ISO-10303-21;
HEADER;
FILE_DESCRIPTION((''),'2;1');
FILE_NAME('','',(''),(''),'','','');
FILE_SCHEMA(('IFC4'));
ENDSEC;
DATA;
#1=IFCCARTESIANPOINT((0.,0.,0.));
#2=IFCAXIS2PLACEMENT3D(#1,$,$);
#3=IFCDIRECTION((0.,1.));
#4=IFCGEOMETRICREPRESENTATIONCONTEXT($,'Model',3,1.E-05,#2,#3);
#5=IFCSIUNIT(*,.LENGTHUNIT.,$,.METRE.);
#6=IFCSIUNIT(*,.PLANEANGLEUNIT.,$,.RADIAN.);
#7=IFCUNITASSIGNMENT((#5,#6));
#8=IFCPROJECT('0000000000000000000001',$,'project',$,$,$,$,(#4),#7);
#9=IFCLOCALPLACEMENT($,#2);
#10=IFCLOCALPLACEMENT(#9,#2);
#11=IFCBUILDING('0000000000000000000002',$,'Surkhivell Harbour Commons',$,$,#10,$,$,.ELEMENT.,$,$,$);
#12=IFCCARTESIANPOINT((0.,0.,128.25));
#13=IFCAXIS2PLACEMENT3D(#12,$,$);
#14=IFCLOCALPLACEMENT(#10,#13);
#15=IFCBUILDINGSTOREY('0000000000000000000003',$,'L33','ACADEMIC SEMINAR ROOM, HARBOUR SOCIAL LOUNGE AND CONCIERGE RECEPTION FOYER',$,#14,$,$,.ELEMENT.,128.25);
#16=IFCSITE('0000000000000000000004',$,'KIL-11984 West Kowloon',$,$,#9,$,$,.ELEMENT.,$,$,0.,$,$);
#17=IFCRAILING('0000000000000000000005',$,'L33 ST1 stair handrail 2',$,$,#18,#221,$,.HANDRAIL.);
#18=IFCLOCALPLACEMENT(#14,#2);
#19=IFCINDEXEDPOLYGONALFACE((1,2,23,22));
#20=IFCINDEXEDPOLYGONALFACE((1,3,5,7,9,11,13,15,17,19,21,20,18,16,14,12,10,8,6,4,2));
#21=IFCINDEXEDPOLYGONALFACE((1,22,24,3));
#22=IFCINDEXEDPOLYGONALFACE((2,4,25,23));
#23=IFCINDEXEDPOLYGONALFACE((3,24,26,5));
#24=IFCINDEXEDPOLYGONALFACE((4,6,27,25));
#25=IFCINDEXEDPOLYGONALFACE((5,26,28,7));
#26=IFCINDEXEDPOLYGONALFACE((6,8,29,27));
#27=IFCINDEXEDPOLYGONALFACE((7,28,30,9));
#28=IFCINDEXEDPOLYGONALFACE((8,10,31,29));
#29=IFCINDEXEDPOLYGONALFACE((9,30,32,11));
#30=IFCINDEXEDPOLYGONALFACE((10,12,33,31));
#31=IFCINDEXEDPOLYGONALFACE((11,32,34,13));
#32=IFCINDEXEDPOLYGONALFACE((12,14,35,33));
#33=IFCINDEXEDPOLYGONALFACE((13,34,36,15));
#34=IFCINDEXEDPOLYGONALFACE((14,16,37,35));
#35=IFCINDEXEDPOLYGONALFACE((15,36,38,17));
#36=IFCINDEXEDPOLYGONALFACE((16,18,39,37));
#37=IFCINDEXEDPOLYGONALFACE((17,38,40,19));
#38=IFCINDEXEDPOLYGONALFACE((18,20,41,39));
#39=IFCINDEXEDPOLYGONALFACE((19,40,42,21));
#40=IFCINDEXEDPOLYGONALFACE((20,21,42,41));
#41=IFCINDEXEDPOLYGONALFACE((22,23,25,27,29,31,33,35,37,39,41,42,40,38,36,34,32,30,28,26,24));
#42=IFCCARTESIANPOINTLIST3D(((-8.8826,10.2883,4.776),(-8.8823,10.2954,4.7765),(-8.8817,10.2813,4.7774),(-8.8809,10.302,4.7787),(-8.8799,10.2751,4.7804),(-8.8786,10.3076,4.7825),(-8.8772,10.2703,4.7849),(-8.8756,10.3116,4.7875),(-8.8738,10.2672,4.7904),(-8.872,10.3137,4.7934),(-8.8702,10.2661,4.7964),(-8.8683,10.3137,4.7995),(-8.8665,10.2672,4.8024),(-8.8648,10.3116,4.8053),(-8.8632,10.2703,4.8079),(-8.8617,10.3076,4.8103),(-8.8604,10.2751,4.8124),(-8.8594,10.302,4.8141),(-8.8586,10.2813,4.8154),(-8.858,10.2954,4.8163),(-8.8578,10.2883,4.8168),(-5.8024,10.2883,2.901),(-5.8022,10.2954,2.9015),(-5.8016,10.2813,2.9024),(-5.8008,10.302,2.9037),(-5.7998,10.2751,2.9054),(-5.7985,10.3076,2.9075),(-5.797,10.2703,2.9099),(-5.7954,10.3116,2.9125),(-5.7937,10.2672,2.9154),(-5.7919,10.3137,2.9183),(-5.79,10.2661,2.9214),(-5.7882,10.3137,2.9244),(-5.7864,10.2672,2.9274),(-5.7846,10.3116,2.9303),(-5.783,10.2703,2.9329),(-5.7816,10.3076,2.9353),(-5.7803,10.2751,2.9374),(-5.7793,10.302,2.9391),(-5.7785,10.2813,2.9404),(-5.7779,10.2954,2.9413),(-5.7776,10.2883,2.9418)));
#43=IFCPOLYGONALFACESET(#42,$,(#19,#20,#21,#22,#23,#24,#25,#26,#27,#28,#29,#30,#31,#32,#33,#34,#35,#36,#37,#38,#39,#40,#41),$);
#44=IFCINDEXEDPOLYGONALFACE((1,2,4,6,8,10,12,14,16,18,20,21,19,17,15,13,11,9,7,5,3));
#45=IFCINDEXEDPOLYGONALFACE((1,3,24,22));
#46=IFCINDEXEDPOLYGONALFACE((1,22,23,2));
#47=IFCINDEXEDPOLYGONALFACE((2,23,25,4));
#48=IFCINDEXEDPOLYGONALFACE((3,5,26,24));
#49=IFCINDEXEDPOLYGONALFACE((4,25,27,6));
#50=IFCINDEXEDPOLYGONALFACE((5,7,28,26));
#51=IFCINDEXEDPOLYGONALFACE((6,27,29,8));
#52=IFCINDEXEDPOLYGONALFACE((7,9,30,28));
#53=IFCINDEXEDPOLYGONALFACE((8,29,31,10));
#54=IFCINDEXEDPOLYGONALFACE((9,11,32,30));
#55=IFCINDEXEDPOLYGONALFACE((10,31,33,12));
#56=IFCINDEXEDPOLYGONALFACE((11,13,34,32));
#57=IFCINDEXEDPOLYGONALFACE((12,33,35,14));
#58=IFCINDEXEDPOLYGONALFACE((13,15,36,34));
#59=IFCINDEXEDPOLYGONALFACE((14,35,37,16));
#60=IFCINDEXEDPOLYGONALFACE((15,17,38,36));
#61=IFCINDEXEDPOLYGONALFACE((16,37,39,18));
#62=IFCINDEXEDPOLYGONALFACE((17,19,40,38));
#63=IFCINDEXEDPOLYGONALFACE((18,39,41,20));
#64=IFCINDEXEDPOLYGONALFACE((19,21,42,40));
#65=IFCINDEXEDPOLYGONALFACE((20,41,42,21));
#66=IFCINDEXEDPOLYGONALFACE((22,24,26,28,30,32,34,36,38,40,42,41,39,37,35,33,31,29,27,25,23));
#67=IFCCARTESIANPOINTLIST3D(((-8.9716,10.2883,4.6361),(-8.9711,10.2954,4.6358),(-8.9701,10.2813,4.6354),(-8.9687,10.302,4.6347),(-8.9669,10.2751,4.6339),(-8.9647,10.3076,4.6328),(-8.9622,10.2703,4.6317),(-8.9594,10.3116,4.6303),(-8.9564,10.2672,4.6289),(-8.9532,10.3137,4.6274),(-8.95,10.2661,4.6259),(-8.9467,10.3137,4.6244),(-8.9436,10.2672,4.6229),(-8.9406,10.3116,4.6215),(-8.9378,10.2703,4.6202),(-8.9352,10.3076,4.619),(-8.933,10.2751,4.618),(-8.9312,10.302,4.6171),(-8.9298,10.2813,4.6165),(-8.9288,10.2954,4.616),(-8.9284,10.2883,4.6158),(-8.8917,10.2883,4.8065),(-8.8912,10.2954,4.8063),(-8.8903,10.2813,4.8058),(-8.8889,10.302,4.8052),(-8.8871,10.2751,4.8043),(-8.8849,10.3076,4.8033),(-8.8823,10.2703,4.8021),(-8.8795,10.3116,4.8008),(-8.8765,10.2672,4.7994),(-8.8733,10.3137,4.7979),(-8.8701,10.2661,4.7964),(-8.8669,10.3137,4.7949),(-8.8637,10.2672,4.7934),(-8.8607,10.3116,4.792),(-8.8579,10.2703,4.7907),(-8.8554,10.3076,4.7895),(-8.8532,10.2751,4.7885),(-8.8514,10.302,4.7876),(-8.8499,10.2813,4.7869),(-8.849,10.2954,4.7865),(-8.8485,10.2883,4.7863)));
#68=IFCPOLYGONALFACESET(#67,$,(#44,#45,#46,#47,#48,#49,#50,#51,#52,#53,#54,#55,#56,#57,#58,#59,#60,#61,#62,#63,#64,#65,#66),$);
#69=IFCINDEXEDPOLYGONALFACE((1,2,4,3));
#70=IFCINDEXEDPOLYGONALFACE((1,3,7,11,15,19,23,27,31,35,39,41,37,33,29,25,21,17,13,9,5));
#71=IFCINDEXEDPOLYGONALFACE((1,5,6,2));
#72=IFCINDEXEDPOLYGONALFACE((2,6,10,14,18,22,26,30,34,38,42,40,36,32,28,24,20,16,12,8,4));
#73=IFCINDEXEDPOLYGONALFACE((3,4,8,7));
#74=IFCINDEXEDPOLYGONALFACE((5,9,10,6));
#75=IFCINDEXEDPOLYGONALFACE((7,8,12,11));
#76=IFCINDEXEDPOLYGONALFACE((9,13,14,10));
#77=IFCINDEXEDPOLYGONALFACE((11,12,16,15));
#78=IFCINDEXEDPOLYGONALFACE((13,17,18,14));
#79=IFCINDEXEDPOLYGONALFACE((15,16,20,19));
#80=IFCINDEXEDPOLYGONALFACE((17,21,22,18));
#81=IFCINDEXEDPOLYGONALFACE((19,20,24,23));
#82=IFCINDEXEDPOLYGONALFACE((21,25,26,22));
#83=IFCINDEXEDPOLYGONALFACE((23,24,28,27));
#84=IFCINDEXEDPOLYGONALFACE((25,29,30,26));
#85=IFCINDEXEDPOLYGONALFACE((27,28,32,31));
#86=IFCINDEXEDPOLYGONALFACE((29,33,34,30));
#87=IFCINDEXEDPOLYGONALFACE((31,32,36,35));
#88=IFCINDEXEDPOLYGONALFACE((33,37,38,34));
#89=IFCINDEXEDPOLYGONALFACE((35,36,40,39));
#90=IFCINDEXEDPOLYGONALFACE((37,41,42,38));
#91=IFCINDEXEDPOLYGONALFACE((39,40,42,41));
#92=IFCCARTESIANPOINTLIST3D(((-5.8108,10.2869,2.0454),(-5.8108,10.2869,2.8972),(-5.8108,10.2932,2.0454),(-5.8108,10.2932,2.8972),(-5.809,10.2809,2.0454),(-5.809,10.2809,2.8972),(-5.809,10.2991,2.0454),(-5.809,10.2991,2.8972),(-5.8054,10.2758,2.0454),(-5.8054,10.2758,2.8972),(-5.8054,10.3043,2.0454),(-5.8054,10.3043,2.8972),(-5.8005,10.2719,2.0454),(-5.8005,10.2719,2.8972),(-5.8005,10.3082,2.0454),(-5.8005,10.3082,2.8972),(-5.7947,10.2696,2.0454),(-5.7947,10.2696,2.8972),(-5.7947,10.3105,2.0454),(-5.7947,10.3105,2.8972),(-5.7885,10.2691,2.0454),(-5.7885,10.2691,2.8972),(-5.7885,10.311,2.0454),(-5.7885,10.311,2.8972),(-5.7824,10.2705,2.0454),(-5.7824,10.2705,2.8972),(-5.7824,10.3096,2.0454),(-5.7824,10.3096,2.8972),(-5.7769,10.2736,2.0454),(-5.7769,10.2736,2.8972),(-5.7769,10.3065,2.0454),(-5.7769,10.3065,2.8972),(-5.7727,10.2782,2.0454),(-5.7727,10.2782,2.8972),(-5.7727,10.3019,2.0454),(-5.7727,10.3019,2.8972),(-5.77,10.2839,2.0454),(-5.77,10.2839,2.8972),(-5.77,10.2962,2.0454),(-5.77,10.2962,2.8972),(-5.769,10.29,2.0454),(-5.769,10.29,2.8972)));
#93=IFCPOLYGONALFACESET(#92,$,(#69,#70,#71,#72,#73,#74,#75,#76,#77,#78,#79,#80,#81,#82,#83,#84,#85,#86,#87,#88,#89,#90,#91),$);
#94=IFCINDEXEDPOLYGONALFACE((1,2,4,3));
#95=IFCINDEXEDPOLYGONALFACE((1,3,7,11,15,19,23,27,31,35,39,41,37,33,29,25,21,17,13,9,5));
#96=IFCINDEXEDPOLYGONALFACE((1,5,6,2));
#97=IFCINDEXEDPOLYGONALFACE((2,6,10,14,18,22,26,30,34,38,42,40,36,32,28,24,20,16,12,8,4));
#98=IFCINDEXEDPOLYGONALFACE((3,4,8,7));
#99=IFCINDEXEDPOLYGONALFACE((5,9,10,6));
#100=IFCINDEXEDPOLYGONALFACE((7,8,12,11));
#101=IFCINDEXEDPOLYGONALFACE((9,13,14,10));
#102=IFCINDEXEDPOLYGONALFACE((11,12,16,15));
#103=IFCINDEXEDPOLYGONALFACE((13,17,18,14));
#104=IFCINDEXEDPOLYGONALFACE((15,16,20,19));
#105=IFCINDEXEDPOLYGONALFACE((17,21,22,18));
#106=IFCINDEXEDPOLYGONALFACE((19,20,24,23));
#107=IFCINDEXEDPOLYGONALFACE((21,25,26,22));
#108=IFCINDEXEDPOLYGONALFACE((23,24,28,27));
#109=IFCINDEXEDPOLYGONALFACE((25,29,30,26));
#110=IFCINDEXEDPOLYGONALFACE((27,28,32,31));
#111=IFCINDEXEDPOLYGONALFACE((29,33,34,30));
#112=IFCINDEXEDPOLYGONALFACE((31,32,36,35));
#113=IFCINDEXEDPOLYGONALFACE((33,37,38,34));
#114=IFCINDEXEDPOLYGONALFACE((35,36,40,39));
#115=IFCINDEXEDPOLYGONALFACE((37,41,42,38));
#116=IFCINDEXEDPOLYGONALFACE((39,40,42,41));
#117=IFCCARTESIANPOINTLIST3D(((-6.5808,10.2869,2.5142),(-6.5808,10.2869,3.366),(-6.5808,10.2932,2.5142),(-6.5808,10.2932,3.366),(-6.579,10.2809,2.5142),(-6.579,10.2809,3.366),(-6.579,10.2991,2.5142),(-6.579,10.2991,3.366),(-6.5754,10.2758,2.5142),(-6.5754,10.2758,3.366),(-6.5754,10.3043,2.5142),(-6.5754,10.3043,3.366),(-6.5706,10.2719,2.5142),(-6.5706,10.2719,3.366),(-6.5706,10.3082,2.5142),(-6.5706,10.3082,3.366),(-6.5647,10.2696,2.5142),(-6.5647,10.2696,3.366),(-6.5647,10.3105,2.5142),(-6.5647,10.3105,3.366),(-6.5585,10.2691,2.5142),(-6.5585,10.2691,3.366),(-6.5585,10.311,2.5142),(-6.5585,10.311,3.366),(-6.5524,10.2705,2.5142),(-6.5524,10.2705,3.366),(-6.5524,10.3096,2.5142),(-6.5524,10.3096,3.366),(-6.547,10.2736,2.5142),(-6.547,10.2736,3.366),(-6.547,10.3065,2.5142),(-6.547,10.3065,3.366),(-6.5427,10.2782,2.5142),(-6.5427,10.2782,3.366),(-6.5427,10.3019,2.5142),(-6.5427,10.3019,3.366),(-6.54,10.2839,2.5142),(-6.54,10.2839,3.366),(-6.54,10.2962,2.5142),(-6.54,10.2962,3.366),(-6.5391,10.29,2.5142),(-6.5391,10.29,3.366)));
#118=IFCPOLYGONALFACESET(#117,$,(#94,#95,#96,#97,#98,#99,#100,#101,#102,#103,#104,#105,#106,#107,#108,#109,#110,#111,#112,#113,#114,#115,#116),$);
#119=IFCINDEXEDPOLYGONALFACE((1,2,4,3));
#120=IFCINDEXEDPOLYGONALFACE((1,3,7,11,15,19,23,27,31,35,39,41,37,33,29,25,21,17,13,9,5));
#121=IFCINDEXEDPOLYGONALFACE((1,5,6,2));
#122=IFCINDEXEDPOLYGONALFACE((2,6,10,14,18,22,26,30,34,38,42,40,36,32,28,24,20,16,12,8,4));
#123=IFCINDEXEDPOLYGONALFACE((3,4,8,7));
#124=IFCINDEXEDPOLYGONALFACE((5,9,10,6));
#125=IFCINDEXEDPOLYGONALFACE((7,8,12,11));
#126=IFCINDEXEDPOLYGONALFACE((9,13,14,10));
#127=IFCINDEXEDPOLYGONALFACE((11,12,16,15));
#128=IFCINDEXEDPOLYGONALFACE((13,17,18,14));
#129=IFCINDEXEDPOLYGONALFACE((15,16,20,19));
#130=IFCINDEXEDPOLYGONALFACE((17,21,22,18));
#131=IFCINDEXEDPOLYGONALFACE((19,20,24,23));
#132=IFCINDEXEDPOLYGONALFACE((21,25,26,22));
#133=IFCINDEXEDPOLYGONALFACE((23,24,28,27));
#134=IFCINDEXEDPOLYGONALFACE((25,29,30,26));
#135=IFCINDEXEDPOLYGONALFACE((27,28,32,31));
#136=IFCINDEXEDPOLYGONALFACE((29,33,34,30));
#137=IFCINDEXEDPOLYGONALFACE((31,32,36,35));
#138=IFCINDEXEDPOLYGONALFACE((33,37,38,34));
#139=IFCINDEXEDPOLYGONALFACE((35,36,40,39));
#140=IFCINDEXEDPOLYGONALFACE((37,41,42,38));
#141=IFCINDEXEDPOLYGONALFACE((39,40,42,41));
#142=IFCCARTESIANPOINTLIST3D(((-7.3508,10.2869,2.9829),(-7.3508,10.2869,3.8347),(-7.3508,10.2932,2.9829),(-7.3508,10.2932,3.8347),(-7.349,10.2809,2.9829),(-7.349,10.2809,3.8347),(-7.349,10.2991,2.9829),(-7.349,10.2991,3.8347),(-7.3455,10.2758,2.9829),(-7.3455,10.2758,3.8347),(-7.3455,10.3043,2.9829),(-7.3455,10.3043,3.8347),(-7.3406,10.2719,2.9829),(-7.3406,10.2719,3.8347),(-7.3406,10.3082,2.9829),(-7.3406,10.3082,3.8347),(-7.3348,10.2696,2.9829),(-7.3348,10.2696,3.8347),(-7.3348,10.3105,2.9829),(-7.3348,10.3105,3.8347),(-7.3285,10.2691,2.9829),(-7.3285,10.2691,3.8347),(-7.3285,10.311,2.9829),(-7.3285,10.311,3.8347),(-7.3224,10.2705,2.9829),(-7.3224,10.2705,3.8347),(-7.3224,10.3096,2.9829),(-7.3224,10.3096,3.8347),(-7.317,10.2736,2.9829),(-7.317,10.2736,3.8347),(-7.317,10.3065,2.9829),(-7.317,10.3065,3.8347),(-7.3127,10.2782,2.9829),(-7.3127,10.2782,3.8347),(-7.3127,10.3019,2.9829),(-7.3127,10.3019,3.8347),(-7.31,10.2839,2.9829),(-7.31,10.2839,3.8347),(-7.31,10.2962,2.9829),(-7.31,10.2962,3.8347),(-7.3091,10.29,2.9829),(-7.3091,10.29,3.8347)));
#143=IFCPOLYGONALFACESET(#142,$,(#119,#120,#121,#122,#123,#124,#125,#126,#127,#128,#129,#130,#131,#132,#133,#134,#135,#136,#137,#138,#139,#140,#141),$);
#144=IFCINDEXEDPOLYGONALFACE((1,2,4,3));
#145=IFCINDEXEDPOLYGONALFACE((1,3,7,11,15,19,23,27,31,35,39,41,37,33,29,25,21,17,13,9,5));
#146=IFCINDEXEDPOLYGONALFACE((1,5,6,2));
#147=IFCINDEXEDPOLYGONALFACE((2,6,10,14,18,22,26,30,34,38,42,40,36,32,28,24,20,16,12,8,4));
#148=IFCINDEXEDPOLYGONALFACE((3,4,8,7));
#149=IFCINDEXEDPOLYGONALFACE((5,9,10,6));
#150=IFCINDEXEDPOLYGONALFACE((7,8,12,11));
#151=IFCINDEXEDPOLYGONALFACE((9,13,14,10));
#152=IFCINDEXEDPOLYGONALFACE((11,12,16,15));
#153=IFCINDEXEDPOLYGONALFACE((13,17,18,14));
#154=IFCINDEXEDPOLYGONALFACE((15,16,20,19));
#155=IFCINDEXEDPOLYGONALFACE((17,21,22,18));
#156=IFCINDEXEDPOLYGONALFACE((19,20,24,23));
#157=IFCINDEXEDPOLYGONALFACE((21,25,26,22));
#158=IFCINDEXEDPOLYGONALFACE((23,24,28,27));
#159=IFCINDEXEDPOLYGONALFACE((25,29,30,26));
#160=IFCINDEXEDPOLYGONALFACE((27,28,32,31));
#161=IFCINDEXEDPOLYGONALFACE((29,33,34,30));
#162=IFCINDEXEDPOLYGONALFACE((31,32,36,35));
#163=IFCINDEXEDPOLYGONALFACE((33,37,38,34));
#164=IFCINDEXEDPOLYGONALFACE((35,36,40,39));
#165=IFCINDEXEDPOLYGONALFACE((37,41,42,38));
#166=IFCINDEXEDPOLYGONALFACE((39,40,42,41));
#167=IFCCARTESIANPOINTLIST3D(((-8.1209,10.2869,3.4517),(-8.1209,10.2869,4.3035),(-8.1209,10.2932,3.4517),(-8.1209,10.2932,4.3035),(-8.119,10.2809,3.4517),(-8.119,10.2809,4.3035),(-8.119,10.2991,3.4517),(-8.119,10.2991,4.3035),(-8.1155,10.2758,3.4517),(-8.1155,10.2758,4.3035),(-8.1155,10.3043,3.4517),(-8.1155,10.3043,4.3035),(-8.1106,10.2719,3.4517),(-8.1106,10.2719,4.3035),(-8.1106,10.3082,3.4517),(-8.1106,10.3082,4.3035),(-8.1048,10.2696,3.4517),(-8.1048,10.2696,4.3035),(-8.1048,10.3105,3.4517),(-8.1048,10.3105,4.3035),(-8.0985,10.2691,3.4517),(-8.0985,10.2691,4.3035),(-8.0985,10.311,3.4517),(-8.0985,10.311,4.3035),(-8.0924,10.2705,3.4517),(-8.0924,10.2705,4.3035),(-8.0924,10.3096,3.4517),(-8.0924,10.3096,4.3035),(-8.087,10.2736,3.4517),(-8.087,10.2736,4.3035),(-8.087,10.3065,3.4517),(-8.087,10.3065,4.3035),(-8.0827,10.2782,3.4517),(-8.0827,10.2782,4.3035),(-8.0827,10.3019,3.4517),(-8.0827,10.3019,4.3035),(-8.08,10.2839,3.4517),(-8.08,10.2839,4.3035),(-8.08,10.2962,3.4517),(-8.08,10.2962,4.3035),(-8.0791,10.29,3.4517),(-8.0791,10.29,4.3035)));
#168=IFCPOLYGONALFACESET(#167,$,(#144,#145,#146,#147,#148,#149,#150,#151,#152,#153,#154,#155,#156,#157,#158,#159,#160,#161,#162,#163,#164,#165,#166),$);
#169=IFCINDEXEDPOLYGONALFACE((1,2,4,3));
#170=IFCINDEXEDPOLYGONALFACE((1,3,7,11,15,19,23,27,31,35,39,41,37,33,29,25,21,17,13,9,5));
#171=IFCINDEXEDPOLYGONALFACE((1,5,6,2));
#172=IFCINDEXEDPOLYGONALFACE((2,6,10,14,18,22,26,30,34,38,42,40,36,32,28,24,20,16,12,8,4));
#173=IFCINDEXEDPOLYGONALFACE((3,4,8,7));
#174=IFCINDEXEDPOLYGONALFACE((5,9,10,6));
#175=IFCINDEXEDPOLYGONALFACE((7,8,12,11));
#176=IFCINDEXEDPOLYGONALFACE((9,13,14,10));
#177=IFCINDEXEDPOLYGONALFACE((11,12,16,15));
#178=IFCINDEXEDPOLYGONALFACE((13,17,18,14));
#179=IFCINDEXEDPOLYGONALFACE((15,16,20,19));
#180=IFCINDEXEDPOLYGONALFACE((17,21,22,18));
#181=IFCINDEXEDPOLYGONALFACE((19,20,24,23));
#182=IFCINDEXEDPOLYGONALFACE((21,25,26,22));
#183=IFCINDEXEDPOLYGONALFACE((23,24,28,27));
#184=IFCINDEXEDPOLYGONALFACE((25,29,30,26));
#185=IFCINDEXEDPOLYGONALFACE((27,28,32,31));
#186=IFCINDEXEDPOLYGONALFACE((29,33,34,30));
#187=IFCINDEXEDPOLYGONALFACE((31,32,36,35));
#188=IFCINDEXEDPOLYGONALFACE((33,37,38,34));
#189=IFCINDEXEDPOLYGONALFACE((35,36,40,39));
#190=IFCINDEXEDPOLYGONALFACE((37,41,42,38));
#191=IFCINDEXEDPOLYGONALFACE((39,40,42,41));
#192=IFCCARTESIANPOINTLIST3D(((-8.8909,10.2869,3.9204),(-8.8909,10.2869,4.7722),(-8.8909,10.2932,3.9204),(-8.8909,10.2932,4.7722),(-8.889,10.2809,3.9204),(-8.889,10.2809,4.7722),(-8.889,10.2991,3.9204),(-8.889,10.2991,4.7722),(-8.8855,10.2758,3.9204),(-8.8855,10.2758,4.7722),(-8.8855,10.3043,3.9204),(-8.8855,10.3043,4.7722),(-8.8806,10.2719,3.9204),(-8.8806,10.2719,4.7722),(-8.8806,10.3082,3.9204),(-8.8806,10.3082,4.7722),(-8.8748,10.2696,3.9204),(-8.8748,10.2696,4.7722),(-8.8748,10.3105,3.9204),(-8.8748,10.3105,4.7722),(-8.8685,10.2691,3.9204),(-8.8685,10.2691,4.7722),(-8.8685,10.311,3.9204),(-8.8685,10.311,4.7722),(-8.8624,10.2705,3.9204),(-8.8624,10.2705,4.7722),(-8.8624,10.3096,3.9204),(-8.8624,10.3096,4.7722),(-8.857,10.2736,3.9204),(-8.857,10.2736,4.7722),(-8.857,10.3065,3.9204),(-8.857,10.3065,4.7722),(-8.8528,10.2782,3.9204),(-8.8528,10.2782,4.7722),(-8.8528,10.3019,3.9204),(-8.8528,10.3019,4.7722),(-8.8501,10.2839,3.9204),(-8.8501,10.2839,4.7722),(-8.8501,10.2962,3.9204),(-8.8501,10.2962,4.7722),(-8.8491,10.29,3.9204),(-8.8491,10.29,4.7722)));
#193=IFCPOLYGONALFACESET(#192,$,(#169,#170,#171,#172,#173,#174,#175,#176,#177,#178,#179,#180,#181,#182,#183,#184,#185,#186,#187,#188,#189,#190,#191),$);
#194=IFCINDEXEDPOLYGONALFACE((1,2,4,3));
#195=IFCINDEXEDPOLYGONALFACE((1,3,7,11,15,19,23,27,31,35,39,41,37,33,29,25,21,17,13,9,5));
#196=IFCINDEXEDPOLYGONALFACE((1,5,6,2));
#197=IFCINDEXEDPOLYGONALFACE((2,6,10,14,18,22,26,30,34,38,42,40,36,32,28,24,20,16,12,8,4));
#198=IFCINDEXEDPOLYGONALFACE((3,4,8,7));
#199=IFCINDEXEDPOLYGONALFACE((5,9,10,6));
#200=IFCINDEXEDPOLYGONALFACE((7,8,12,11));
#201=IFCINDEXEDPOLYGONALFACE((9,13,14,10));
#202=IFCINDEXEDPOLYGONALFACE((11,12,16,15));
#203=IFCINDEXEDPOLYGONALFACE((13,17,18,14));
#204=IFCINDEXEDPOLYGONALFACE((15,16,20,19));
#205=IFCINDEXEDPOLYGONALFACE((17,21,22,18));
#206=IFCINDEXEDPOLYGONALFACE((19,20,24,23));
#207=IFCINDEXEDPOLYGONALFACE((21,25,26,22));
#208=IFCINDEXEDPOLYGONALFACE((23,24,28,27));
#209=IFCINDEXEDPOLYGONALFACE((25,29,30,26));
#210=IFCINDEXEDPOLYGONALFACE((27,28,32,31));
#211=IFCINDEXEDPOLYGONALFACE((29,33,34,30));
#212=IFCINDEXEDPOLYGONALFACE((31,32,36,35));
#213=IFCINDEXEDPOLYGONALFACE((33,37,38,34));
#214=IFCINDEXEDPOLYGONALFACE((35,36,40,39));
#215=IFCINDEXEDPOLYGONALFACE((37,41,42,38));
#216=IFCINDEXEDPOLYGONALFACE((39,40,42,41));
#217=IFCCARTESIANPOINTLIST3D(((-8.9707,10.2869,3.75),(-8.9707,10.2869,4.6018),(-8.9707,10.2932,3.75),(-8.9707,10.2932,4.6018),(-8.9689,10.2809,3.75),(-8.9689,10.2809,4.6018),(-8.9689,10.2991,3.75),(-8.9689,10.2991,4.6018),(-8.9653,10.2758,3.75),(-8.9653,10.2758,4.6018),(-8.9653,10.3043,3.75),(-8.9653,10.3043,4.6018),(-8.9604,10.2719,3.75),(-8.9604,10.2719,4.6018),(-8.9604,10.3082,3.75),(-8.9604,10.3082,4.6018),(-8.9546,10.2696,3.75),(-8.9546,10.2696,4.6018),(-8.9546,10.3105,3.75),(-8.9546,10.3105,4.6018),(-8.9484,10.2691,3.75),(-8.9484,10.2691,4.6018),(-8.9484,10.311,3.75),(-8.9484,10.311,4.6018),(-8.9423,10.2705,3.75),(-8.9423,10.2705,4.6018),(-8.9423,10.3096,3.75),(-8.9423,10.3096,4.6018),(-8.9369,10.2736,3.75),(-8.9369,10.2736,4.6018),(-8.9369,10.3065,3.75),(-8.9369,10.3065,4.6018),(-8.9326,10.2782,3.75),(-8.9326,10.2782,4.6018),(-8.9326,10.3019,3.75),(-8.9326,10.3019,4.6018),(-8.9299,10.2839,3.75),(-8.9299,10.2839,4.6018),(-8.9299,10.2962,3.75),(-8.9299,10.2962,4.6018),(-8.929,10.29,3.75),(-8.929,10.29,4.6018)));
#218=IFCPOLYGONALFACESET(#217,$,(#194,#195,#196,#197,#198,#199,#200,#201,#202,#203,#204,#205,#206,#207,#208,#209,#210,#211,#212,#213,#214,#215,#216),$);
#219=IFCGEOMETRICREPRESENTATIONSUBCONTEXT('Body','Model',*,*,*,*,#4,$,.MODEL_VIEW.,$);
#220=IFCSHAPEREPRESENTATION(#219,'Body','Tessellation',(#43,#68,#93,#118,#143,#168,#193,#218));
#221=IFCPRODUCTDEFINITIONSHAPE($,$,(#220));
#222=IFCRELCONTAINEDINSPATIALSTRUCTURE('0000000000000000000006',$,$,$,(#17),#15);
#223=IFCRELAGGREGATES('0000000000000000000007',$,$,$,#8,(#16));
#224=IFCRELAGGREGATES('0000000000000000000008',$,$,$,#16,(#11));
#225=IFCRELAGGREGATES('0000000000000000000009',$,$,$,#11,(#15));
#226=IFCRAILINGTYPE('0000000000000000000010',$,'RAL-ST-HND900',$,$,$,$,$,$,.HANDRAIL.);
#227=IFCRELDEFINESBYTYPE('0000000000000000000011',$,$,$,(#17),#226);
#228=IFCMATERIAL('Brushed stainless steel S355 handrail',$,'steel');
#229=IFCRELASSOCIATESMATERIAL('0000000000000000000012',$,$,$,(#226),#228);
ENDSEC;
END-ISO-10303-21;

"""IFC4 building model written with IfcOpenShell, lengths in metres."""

from ifc_helpers import new_model, si_unit, direction, frame, origin, origin_2d, place, context, subcontext, project, spatial, circle, extrude, material, type_object, element, save


model = new_model("IFC4")

# Units and contexts
model_context = context("Model", 3, precision=1e-05, world=origin(), true_north=direction((0.0, 1.0)))
body_context = subcontext(model_context, "Body", "Model", "MODEL_VIEW")
ifc_project = project(units=[si_unit("LENGTHUNIT", "METRE"), si_unit("PLANEANGLEUNIT", "RADIAN")], contexts=[model_context])

# Site, building, storey
site_placement = place(None, origin())
site = spatial("IfcSite", under=ifc_project, at=site_placement, Name="KIL-11984 West Kowloon", CompositionType="ELEMENT", RefElevation=0.0)
building_placement = place(site_placement, origin())
building = spatial("IfcBuilding", under=site, at=building_placement, Name="Surkhivell Harbour Commons", CompositionType="ELEMENT")
storey_placement = place(building_placement, frame((0.0, 0.0, 128.25)))
storey = spatial("IfcBuildingStorey", under=building, at=storey_placement, Name="L33", Description="ACADEMIC SEMINAR ROOM, HARBOUR SOCIAL LOUNGE AND CONCIERGE RECEPTION FOYER", CompositionType="ELEMENT", Elevation=128.25)

# Railing
ifc_material_1 = material(Name="Brushed stainless steel S355 handrail", Category="steel")
railing_type_1 = type_object("IfcRailingType", Name="RAL-ST-HND900", PredefinedType="HANDRAIL", material=ifc_material_1)
railing_1_placement = place(storey_placement, frame((-5.79, 10.29, 2.0454)))
element("IfcRailing", 1, at=railing_1_placement, inside=storey, type_object=railing_type_1, Name="L33 ST1 stair handrail 2", PredefinedType="HANDRAIL", context=body_context, shape_type="SweptSolid", body=[
    extrude(circle(Radius=0.0239, at=origin_2d()), frame((0.0, 0.0, 0.876), z_axis=(-0.854178, 0.0, 0.519981), x_axis=(0.0, -1.0, 0.0)), (0.0, 0.0, 1.0), 3.606),
    extrude(circle(Radius=0.0239, at=origin_2d()), frame((-3.0801, 0.0, 2.751), z_axis=(-0.424234, 0.0, -0.905552), x_axis=(0.0, -1.0, 0.0)), (0.0, 0.0, 1.0), 0.1882),
    extrude(circle(Radius=0.021, at=origin_2d()), origin(), (0.0, 0.0, 1.0), 0.8518),
    extrude(circle(Radius=0.021, at=origin_2d()), frame((-0.77, 0.0, 0.4688)), (0.0, 0.0, 1.0), 0.8518),
    extrude(circle(Radius=0.021, at=origin_2d()), frame((-1.54, 0.0, 0.9375)), (0.0, 0.0, 1.0), 0.8518),
    extrude(circle(Radius=0.021, at=origin_2d()), frame((-2.3101, 0.0, 1.4062)), (0.0, 0.0, 1.0), 0.8518),
    extrude(circle(Radius=0.021, at=origin_2d()), frame((-3.0801, 0.0, 1.875)), (0.0, 0.0, 1.0), 0.8518),
    extrude(circle(Radius=0.021, at=origin_2d()), frame((-3.1599, 0.0, 1.7046)), (0.0, 0.0, 1.0), 0.8518),
])

save(model, "model.ifc")
